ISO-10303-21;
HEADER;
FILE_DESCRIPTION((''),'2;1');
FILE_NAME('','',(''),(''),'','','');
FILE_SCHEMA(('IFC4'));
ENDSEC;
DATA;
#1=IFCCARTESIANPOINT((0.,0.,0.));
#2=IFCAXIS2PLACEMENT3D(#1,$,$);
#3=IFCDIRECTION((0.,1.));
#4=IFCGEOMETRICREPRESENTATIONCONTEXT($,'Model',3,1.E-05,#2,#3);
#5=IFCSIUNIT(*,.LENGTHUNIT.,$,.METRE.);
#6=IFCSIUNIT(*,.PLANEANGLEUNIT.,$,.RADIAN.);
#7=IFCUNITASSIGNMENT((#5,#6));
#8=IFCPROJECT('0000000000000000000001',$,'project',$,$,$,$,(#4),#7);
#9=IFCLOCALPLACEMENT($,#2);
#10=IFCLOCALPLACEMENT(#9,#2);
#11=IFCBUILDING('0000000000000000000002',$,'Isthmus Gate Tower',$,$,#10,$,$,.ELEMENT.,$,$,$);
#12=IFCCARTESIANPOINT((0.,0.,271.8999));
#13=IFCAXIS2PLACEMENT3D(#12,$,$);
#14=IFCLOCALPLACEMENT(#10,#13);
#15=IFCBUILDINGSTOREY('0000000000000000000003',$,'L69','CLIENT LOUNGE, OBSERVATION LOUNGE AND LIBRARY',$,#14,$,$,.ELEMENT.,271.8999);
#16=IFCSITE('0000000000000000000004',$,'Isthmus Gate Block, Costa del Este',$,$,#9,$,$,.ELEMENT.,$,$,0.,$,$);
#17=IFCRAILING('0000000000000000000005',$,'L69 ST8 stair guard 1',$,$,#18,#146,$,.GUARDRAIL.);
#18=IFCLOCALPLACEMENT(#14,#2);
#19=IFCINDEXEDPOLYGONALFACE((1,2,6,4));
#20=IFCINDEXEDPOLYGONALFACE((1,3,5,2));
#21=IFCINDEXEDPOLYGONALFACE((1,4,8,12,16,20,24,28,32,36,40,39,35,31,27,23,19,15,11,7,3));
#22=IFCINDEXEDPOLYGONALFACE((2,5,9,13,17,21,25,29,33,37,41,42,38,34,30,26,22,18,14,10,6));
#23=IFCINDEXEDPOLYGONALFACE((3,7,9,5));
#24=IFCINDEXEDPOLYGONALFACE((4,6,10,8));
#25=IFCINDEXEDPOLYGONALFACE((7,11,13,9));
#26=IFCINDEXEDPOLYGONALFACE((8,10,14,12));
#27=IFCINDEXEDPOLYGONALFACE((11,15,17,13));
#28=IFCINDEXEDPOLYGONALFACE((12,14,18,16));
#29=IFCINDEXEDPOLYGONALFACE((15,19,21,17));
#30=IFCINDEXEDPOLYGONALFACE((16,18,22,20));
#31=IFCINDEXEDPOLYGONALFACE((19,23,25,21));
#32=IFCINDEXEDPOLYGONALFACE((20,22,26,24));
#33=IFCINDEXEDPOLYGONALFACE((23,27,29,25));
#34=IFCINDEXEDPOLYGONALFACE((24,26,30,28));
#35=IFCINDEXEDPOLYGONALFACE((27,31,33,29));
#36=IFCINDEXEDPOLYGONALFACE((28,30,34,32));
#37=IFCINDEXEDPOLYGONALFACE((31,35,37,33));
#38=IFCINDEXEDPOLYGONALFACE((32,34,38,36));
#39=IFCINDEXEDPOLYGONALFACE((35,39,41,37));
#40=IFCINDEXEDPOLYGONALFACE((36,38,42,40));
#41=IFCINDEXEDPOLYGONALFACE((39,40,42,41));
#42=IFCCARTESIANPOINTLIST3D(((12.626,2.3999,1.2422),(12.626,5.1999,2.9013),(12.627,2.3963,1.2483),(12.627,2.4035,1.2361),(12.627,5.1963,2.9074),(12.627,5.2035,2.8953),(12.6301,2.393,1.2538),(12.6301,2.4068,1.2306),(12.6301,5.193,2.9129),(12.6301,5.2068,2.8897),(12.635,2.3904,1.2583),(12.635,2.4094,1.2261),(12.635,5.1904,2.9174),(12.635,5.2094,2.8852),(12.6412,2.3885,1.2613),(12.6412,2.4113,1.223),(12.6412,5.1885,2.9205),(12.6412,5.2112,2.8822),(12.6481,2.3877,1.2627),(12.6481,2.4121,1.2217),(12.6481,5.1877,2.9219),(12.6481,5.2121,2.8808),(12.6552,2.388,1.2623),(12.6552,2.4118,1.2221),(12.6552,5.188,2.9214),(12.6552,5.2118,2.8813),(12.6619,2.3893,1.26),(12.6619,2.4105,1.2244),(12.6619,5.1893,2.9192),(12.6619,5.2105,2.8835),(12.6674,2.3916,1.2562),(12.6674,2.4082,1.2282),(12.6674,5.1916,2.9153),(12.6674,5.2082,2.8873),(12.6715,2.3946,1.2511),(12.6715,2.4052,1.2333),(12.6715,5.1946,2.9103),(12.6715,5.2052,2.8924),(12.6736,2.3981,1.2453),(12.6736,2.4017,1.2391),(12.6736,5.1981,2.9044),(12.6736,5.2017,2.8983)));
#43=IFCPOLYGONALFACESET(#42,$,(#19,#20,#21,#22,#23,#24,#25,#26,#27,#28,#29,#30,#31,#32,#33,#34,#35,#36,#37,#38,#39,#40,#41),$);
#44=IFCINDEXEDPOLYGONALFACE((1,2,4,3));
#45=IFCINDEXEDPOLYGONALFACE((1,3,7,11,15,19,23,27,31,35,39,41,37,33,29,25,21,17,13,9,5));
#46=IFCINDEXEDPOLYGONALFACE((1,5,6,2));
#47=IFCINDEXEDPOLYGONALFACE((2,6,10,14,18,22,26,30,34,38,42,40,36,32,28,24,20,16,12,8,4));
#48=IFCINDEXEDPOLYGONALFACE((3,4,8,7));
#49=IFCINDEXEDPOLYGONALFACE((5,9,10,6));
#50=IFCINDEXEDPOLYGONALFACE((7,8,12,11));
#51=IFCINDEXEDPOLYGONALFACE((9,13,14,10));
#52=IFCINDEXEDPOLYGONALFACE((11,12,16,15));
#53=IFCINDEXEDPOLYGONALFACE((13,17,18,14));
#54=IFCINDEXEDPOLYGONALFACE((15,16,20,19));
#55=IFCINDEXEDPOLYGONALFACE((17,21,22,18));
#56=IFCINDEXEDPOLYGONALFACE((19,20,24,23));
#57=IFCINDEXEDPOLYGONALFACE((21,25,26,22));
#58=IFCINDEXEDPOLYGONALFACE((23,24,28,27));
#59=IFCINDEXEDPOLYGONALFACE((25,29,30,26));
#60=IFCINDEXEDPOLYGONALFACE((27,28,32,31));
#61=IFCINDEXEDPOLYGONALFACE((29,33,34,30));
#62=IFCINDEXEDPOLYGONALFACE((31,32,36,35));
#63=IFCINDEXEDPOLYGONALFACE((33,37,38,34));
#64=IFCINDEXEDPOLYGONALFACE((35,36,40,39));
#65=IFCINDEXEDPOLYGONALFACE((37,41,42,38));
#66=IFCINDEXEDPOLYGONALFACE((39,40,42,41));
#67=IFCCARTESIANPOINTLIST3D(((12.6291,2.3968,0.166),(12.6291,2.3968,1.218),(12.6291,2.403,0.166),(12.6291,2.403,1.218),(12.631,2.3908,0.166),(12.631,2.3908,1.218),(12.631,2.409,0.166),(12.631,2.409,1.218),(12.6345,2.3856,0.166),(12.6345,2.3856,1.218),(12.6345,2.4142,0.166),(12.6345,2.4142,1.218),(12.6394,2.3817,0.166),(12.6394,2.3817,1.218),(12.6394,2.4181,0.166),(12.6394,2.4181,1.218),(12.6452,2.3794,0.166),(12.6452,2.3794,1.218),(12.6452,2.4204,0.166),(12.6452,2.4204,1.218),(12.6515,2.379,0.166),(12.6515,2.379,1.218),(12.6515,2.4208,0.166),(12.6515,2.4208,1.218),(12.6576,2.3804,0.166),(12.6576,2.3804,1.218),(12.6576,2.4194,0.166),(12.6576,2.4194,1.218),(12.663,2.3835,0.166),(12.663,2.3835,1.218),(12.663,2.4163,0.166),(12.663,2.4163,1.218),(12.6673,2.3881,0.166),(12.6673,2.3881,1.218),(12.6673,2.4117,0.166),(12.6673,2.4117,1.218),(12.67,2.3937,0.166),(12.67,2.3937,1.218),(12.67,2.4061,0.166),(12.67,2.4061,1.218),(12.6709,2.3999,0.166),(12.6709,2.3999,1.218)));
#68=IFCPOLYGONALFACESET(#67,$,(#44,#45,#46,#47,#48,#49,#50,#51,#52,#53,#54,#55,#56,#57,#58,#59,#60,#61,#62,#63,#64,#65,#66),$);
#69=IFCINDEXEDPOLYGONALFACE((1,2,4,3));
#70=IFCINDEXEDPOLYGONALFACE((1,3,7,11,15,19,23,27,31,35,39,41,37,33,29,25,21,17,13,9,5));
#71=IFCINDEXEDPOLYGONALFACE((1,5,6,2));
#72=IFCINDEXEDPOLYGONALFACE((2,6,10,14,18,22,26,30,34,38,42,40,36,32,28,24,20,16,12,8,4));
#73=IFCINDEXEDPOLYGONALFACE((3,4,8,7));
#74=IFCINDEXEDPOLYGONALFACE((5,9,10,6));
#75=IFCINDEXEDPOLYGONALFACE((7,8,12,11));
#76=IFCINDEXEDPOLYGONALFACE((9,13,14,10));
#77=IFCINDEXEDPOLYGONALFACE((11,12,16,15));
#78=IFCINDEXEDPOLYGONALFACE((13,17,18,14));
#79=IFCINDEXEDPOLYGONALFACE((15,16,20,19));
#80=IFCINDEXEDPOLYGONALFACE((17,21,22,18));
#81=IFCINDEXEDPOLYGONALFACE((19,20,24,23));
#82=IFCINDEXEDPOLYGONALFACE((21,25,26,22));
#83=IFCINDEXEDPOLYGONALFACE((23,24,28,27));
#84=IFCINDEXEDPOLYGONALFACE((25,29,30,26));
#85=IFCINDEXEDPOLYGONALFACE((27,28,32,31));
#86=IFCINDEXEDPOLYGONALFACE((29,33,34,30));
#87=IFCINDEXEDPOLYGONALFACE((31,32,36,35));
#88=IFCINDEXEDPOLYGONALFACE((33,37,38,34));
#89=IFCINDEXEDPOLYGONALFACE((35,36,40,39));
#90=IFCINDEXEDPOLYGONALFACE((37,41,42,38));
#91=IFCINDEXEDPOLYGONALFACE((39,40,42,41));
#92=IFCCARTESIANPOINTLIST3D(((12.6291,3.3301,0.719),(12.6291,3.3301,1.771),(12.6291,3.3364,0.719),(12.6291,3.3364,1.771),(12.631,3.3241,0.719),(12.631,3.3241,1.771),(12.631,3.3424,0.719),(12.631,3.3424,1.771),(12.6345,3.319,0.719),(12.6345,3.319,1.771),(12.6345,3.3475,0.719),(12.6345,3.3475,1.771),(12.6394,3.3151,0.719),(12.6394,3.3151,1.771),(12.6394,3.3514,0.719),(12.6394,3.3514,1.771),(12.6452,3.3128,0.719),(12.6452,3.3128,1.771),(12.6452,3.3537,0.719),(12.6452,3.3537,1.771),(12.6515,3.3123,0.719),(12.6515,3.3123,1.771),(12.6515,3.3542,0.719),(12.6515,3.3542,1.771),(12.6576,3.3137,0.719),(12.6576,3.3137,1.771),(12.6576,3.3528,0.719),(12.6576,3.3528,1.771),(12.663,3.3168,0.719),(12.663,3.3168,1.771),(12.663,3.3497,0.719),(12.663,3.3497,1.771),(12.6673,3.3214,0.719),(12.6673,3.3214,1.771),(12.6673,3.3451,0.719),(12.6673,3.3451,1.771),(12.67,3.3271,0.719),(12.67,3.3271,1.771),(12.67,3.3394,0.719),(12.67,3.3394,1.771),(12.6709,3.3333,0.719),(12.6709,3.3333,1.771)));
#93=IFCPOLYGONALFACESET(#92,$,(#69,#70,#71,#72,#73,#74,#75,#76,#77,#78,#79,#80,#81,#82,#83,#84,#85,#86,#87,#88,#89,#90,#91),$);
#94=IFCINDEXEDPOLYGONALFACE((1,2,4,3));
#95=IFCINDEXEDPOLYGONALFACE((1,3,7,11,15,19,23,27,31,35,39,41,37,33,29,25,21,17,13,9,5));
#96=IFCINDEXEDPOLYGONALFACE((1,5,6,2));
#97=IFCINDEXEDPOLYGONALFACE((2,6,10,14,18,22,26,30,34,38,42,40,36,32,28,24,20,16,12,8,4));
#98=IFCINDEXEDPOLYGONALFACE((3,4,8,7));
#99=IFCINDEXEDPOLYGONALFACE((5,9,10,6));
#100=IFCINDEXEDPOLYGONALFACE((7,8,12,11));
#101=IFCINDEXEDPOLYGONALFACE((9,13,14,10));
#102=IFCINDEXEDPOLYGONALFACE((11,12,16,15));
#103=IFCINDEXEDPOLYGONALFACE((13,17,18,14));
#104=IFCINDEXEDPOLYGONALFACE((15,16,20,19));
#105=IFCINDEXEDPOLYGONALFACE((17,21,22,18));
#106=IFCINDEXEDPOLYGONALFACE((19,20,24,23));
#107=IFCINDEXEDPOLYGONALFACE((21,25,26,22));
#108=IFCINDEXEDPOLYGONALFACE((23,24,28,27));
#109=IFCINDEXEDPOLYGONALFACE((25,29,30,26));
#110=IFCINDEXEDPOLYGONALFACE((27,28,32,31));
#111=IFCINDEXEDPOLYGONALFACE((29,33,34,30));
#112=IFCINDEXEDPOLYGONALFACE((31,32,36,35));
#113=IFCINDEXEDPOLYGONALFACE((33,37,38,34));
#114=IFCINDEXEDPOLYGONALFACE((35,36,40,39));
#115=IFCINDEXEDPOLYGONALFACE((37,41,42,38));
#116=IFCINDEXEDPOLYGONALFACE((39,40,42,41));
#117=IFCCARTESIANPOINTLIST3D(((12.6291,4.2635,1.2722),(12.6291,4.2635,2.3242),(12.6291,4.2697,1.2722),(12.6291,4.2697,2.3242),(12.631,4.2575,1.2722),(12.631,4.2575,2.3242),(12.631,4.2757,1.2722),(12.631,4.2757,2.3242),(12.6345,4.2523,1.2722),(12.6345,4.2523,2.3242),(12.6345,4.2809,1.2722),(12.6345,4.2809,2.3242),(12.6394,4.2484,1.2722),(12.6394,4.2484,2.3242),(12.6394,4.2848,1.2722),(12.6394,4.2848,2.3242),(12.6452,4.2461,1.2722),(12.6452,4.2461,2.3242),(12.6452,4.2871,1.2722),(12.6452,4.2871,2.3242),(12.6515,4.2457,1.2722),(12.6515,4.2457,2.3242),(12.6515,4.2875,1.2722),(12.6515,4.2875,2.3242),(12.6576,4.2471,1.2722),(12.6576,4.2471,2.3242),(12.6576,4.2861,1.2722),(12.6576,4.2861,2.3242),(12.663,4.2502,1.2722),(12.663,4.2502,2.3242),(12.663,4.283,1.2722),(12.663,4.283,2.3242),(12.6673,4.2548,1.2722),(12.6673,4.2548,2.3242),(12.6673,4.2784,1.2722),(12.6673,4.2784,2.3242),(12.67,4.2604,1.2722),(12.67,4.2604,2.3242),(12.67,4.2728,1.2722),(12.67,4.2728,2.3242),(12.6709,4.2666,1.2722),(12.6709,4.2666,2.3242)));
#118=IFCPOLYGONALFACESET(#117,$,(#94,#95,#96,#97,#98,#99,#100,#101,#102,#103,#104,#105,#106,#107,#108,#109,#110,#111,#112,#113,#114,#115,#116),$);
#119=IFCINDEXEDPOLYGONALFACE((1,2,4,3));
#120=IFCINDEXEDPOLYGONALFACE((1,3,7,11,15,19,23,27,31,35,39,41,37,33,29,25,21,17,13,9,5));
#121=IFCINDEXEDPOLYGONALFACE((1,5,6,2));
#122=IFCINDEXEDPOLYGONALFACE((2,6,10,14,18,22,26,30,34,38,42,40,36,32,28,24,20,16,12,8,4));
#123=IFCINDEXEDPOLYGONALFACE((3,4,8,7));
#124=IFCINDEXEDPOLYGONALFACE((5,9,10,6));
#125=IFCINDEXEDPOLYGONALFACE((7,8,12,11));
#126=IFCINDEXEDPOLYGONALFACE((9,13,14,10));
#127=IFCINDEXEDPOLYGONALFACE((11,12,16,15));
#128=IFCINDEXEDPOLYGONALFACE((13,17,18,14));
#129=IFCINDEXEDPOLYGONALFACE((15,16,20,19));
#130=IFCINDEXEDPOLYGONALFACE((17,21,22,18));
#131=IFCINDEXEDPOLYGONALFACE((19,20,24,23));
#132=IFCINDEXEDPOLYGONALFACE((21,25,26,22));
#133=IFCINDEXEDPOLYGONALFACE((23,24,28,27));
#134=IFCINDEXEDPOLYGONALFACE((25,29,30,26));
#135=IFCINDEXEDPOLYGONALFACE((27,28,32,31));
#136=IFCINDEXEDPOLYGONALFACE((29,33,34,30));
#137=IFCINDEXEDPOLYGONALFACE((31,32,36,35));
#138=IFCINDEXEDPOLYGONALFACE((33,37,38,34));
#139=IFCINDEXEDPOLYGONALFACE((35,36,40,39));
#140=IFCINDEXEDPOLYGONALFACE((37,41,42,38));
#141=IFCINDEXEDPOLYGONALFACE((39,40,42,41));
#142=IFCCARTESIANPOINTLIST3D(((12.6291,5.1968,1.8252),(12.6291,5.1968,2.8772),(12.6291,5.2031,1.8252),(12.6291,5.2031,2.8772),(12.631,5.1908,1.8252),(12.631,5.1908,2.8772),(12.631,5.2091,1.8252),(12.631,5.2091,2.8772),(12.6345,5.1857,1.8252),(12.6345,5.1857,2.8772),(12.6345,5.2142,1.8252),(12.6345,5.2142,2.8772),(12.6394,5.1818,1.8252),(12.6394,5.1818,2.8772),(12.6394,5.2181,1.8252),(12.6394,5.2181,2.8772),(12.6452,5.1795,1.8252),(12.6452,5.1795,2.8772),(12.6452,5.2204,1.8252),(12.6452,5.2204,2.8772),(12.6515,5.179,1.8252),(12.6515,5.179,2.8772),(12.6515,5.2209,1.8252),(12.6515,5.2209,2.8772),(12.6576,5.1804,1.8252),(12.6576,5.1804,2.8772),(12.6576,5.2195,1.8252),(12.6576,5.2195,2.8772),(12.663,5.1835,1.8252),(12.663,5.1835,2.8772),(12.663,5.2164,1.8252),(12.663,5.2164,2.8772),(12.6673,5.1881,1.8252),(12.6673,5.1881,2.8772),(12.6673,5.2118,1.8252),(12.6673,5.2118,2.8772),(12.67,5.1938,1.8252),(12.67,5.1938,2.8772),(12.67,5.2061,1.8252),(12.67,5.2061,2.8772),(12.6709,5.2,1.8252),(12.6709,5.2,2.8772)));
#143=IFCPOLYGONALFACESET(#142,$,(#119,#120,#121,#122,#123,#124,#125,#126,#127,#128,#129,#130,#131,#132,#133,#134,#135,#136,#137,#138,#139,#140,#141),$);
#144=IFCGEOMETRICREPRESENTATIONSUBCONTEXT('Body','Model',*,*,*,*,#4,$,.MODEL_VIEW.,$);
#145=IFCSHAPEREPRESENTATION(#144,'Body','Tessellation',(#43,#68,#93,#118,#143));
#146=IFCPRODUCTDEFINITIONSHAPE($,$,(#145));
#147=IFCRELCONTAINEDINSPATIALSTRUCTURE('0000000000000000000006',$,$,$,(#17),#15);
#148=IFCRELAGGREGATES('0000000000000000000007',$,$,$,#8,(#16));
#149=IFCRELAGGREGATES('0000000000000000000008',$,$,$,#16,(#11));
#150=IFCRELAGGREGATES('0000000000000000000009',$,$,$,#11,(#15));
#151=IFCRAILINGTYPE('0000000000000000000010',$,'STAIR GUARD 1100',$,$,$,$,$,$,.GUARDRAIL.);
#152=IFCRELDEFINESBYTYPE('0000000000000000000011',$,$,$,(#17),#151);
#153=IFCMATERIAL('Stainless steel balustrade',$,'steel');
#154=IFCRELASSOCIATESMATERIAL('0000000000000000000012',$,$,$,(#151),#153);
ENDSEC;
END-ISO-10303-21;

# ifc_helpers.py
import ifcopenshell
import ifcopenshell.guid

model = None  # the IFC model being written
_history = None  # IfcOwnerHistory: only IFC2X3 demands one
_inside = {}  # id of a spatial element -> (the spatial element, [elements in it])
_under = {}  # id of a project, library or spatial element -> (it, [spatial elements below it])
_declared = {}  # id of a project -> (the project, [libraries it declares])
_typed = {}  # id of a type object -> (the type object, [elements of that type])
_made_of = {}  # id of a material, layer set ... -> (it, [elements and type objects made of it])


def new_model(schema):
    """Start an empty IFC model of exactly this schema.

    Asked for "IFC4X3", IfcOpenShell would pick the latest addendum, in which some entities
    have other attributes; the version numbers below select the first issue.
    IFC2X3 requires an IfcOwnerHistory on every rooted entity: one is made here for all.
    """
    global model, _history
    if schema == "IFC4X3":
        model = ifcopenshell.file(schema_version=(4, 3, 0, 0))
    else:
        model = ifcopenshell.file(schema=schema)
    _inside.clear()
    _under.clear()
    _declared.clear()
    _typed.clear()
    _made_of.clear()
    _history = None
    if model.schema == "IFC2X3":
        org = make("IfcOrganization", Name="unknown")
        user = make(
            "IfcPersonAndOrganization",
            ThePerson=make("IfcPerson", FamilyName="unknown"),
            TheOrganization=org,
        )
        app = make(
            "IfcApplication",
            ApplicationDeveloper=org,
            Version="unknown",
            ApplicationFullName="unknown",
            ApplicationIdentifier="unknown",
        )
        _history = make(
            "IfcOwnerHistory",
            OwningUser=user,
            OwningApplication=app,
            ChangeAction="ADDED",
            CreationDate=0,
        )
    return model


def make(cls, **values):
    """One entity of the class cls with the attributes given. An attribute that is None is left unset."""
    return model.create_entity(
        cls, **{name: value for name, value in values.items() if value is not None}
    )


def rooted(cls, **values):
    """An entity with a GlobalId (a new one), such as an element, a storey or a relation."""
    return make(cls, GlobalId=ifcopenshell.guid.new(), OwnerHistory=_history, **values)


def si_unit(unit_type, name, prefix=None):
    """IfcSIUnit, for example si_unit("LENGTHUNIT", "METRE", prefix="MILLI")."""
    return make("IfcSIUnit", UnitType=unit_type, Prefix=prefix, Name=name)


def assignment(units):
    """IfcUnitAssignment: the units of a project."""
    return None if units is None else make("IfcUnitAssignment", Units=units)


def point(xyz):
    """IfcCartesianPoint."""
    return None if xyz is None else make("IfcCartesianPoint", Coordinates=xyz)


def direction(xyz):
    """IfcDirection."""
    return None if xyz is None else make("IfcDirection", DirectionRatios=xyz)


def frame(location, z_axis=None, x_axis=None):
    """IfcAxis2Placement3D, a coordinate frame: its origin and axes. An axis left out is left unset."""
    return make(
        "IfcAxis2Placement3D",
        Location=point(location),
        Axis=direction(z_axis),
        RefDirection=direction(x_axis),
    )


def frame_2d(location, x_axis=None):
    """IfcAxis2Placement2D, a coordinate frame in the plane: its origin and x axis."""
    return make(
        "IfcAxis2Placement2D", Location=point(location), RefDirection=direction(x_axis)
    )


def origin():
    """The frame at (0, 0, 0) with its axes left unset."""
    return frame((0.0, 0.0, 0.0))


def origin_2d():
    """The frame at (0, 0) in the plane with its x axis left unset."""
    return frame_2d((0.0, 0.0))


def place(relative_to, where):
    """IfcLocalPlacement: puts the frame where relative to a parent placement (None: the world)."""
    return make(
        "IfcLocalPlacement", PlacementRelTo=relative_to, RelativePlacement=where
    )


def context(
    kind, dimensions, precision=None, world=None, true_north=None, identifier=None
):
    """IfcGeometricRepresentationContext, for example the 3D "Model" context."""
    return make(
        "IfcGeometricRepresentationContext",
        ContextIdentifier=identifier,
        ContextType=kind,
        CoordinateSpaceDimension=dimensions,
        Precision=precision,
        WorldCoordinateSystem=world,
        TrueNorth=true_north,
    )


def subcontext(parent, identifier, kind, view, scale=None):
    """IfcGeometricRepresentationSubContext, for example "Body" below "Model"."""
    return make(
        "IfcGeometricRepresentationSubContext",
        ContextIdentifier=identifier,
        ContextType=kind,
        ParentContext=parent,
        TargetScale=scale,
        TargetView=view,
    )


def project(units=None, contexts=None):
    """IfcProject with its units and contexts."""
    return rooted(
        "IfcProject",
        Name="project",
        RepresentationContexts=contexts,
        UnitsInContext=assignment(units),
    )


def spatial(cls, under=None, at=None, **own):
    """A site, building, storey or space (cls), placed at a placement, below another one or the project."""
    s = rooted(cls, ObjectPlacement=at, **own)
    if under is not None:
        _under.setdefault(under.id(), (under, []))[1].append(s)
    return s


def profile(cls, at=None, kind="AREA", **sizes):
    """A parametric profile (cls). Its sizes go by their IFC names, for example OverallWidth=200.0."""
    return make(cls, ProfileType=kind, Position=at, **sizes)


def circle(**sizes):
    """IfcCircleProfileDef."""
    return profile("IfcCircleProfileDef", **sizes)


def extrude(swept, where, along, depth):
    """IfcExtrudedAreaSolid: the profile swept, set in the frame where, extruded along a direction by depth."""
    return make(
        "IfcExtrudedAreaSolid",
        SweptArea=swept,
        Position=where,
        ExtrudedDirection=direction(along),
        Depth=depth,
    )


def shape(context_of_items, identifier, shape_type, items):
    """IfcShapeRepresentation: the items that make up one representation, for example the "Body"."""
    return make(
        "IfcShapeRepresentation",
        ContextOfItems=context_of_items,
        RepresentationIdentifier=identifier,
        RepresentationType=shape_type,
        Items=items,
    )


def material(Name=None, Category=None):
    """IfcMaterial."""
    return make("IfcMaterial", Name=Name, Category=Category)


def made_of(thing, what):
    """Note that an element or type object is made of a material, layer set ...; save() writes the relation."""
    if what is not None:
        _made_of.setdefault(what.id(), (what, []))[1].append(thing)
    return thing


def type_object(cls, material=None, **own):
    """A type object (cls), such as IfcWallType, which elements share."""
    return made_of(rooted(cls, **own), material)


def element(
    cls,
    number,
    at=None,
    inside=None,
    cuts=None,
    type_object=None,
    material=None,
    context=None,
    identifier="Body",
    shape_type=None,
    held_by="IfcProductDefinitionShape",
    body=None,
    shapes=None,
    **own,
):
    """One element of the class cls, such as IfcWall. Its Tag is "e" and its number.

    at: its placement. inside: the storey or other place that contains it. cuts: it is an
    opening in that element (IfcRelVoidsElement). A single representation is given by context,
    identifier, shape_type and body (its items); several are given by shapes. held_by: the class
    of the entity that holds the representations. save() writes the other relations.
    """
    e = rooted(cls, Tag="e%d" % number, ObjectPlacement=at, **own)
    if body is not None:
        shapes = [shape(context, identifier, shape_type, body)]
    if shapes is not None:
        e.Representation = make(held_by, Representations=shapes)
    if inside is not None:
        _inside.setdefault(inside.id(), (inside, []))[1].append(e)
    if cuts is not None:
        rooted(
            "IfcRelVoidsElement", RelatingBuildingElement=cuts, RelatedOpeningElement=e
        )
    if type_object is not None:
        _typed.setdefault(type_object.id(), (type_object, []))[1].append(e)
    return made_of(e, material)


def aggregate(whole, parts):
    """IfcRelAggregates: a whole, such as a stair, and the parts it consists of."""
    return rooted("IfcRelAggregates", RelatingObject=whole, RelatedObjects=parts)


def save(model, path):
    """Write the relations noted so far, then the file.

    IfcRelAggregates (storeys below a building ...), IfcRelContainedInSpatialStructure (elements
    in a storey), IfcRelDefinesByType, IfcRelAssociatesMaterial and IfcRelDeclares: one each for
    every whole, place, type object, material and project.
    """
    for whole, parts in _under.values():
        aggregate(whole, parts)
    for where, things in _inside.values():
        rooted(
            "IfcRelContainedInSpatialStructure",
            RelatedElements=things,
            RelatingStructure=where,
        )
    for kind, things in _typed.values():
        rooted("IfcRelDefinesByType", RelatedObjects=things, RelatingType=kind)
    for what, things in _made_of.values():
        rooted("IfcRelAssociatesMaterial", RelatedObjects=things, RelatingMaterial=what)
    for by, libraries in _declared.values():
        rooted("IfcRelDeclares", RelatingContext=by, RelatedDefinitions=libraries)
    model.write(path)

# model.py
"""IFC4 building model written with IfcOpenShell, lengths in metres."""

from ifc_helpers import new_model, si_unit, direction, frame, origin, origin_2d, place, context, subcontext, project, spatial, circle, extrude, material, type_object, element, save


model = new_model("IFC4")

# Units and contexts
model_context = context("Model", 3, precision=1e-05, world=origin(), true_north=direction((0.0, 1.0)))
body_context = subcontext(model_context, "Body", "Model", "MODEL_VIEW")
ifc_project = project(units=[si_unit("LENGTHUNIT", "METRE"), si_unit("PLANEANGLEUNIT", "RADIAN")], contexts=[model_context])

# Site, building, storey
site_placement = place(None, origin())
site = spatial("IfcSite", under=ifc_project, at=site_placement, Name="Isthmus Gate Block, Costa del Este", CompositionType="ELEMENT", RefElevation=0.0)
building_placement = place(site_placement, origin())
building = spatial("IfcBuilding", under=site, at=building_placement, Name="Isthmus Gate Tower", CompositionType="ELEMENT")
storey_placement = place(building_placement, frame((0.0, 0.0, 271.8999)))
storey = spatial("IfcBuildingStorey", under=building, at=storey_placement, Name="L69", Description="CLIENT LOUNGE, OBSERVATION LOUNGE AND LIBRARY", CompositionType="ELEMENT", Elevation=271.8999)

# Railing
ifc_material_1 = material(Name="Stainless steel balustrade", Category="steel")
railing_type_1 = type_object("IfcRailingType", Name="STAIR GUARD 1100", PredefinedType="GUARDRAIL", material=ifc_material_1)
railing_1_placement = place(storey_placement, frame((12.6499, 2.3999, 0.166)))
element("IfcRailing", 1, at=railing_1_placement, inside=storey, type_object=railing_type_1, Name="L69 ST8 stair guard 1", PredefinedType="GUARDRAIL", context=body_context, shape_type="SweptSolid", body=[
    extrude(circle(Radius=0.0239, at=origin_2d()), frame((0.0, 0.0, 1.0762), z_axis=(0.0, 0.860306, 0.509778), x_axis=(-1.0, 0.0, 0.0)), (0.0, 0.0, 1.0), 3.2546),
    extrude(circle(Radius=0.021, at=origin_2d()), origin(), (0.0, 0.0, 1.0), 1.052),
    extrude(circle(Radius=0.021, at=origin_2d()), frame((0.0, 0.9333, 0.553)), (0.0, 0.0, 1.0), 1.052),
    extrude(circle(Radius=0.021, at=origin_2d()), frame((0.0, 1.8667, 1.1062)), (0.0, 0.0, 1.0), 1.052),
    extrude(circle(Radius=0.021, at=origin_2d()), frame((0.0, 2.8, 1.6592)), (0.0, 0.0, 1.0), 1.052),
])

save(model, "model.ifc")
